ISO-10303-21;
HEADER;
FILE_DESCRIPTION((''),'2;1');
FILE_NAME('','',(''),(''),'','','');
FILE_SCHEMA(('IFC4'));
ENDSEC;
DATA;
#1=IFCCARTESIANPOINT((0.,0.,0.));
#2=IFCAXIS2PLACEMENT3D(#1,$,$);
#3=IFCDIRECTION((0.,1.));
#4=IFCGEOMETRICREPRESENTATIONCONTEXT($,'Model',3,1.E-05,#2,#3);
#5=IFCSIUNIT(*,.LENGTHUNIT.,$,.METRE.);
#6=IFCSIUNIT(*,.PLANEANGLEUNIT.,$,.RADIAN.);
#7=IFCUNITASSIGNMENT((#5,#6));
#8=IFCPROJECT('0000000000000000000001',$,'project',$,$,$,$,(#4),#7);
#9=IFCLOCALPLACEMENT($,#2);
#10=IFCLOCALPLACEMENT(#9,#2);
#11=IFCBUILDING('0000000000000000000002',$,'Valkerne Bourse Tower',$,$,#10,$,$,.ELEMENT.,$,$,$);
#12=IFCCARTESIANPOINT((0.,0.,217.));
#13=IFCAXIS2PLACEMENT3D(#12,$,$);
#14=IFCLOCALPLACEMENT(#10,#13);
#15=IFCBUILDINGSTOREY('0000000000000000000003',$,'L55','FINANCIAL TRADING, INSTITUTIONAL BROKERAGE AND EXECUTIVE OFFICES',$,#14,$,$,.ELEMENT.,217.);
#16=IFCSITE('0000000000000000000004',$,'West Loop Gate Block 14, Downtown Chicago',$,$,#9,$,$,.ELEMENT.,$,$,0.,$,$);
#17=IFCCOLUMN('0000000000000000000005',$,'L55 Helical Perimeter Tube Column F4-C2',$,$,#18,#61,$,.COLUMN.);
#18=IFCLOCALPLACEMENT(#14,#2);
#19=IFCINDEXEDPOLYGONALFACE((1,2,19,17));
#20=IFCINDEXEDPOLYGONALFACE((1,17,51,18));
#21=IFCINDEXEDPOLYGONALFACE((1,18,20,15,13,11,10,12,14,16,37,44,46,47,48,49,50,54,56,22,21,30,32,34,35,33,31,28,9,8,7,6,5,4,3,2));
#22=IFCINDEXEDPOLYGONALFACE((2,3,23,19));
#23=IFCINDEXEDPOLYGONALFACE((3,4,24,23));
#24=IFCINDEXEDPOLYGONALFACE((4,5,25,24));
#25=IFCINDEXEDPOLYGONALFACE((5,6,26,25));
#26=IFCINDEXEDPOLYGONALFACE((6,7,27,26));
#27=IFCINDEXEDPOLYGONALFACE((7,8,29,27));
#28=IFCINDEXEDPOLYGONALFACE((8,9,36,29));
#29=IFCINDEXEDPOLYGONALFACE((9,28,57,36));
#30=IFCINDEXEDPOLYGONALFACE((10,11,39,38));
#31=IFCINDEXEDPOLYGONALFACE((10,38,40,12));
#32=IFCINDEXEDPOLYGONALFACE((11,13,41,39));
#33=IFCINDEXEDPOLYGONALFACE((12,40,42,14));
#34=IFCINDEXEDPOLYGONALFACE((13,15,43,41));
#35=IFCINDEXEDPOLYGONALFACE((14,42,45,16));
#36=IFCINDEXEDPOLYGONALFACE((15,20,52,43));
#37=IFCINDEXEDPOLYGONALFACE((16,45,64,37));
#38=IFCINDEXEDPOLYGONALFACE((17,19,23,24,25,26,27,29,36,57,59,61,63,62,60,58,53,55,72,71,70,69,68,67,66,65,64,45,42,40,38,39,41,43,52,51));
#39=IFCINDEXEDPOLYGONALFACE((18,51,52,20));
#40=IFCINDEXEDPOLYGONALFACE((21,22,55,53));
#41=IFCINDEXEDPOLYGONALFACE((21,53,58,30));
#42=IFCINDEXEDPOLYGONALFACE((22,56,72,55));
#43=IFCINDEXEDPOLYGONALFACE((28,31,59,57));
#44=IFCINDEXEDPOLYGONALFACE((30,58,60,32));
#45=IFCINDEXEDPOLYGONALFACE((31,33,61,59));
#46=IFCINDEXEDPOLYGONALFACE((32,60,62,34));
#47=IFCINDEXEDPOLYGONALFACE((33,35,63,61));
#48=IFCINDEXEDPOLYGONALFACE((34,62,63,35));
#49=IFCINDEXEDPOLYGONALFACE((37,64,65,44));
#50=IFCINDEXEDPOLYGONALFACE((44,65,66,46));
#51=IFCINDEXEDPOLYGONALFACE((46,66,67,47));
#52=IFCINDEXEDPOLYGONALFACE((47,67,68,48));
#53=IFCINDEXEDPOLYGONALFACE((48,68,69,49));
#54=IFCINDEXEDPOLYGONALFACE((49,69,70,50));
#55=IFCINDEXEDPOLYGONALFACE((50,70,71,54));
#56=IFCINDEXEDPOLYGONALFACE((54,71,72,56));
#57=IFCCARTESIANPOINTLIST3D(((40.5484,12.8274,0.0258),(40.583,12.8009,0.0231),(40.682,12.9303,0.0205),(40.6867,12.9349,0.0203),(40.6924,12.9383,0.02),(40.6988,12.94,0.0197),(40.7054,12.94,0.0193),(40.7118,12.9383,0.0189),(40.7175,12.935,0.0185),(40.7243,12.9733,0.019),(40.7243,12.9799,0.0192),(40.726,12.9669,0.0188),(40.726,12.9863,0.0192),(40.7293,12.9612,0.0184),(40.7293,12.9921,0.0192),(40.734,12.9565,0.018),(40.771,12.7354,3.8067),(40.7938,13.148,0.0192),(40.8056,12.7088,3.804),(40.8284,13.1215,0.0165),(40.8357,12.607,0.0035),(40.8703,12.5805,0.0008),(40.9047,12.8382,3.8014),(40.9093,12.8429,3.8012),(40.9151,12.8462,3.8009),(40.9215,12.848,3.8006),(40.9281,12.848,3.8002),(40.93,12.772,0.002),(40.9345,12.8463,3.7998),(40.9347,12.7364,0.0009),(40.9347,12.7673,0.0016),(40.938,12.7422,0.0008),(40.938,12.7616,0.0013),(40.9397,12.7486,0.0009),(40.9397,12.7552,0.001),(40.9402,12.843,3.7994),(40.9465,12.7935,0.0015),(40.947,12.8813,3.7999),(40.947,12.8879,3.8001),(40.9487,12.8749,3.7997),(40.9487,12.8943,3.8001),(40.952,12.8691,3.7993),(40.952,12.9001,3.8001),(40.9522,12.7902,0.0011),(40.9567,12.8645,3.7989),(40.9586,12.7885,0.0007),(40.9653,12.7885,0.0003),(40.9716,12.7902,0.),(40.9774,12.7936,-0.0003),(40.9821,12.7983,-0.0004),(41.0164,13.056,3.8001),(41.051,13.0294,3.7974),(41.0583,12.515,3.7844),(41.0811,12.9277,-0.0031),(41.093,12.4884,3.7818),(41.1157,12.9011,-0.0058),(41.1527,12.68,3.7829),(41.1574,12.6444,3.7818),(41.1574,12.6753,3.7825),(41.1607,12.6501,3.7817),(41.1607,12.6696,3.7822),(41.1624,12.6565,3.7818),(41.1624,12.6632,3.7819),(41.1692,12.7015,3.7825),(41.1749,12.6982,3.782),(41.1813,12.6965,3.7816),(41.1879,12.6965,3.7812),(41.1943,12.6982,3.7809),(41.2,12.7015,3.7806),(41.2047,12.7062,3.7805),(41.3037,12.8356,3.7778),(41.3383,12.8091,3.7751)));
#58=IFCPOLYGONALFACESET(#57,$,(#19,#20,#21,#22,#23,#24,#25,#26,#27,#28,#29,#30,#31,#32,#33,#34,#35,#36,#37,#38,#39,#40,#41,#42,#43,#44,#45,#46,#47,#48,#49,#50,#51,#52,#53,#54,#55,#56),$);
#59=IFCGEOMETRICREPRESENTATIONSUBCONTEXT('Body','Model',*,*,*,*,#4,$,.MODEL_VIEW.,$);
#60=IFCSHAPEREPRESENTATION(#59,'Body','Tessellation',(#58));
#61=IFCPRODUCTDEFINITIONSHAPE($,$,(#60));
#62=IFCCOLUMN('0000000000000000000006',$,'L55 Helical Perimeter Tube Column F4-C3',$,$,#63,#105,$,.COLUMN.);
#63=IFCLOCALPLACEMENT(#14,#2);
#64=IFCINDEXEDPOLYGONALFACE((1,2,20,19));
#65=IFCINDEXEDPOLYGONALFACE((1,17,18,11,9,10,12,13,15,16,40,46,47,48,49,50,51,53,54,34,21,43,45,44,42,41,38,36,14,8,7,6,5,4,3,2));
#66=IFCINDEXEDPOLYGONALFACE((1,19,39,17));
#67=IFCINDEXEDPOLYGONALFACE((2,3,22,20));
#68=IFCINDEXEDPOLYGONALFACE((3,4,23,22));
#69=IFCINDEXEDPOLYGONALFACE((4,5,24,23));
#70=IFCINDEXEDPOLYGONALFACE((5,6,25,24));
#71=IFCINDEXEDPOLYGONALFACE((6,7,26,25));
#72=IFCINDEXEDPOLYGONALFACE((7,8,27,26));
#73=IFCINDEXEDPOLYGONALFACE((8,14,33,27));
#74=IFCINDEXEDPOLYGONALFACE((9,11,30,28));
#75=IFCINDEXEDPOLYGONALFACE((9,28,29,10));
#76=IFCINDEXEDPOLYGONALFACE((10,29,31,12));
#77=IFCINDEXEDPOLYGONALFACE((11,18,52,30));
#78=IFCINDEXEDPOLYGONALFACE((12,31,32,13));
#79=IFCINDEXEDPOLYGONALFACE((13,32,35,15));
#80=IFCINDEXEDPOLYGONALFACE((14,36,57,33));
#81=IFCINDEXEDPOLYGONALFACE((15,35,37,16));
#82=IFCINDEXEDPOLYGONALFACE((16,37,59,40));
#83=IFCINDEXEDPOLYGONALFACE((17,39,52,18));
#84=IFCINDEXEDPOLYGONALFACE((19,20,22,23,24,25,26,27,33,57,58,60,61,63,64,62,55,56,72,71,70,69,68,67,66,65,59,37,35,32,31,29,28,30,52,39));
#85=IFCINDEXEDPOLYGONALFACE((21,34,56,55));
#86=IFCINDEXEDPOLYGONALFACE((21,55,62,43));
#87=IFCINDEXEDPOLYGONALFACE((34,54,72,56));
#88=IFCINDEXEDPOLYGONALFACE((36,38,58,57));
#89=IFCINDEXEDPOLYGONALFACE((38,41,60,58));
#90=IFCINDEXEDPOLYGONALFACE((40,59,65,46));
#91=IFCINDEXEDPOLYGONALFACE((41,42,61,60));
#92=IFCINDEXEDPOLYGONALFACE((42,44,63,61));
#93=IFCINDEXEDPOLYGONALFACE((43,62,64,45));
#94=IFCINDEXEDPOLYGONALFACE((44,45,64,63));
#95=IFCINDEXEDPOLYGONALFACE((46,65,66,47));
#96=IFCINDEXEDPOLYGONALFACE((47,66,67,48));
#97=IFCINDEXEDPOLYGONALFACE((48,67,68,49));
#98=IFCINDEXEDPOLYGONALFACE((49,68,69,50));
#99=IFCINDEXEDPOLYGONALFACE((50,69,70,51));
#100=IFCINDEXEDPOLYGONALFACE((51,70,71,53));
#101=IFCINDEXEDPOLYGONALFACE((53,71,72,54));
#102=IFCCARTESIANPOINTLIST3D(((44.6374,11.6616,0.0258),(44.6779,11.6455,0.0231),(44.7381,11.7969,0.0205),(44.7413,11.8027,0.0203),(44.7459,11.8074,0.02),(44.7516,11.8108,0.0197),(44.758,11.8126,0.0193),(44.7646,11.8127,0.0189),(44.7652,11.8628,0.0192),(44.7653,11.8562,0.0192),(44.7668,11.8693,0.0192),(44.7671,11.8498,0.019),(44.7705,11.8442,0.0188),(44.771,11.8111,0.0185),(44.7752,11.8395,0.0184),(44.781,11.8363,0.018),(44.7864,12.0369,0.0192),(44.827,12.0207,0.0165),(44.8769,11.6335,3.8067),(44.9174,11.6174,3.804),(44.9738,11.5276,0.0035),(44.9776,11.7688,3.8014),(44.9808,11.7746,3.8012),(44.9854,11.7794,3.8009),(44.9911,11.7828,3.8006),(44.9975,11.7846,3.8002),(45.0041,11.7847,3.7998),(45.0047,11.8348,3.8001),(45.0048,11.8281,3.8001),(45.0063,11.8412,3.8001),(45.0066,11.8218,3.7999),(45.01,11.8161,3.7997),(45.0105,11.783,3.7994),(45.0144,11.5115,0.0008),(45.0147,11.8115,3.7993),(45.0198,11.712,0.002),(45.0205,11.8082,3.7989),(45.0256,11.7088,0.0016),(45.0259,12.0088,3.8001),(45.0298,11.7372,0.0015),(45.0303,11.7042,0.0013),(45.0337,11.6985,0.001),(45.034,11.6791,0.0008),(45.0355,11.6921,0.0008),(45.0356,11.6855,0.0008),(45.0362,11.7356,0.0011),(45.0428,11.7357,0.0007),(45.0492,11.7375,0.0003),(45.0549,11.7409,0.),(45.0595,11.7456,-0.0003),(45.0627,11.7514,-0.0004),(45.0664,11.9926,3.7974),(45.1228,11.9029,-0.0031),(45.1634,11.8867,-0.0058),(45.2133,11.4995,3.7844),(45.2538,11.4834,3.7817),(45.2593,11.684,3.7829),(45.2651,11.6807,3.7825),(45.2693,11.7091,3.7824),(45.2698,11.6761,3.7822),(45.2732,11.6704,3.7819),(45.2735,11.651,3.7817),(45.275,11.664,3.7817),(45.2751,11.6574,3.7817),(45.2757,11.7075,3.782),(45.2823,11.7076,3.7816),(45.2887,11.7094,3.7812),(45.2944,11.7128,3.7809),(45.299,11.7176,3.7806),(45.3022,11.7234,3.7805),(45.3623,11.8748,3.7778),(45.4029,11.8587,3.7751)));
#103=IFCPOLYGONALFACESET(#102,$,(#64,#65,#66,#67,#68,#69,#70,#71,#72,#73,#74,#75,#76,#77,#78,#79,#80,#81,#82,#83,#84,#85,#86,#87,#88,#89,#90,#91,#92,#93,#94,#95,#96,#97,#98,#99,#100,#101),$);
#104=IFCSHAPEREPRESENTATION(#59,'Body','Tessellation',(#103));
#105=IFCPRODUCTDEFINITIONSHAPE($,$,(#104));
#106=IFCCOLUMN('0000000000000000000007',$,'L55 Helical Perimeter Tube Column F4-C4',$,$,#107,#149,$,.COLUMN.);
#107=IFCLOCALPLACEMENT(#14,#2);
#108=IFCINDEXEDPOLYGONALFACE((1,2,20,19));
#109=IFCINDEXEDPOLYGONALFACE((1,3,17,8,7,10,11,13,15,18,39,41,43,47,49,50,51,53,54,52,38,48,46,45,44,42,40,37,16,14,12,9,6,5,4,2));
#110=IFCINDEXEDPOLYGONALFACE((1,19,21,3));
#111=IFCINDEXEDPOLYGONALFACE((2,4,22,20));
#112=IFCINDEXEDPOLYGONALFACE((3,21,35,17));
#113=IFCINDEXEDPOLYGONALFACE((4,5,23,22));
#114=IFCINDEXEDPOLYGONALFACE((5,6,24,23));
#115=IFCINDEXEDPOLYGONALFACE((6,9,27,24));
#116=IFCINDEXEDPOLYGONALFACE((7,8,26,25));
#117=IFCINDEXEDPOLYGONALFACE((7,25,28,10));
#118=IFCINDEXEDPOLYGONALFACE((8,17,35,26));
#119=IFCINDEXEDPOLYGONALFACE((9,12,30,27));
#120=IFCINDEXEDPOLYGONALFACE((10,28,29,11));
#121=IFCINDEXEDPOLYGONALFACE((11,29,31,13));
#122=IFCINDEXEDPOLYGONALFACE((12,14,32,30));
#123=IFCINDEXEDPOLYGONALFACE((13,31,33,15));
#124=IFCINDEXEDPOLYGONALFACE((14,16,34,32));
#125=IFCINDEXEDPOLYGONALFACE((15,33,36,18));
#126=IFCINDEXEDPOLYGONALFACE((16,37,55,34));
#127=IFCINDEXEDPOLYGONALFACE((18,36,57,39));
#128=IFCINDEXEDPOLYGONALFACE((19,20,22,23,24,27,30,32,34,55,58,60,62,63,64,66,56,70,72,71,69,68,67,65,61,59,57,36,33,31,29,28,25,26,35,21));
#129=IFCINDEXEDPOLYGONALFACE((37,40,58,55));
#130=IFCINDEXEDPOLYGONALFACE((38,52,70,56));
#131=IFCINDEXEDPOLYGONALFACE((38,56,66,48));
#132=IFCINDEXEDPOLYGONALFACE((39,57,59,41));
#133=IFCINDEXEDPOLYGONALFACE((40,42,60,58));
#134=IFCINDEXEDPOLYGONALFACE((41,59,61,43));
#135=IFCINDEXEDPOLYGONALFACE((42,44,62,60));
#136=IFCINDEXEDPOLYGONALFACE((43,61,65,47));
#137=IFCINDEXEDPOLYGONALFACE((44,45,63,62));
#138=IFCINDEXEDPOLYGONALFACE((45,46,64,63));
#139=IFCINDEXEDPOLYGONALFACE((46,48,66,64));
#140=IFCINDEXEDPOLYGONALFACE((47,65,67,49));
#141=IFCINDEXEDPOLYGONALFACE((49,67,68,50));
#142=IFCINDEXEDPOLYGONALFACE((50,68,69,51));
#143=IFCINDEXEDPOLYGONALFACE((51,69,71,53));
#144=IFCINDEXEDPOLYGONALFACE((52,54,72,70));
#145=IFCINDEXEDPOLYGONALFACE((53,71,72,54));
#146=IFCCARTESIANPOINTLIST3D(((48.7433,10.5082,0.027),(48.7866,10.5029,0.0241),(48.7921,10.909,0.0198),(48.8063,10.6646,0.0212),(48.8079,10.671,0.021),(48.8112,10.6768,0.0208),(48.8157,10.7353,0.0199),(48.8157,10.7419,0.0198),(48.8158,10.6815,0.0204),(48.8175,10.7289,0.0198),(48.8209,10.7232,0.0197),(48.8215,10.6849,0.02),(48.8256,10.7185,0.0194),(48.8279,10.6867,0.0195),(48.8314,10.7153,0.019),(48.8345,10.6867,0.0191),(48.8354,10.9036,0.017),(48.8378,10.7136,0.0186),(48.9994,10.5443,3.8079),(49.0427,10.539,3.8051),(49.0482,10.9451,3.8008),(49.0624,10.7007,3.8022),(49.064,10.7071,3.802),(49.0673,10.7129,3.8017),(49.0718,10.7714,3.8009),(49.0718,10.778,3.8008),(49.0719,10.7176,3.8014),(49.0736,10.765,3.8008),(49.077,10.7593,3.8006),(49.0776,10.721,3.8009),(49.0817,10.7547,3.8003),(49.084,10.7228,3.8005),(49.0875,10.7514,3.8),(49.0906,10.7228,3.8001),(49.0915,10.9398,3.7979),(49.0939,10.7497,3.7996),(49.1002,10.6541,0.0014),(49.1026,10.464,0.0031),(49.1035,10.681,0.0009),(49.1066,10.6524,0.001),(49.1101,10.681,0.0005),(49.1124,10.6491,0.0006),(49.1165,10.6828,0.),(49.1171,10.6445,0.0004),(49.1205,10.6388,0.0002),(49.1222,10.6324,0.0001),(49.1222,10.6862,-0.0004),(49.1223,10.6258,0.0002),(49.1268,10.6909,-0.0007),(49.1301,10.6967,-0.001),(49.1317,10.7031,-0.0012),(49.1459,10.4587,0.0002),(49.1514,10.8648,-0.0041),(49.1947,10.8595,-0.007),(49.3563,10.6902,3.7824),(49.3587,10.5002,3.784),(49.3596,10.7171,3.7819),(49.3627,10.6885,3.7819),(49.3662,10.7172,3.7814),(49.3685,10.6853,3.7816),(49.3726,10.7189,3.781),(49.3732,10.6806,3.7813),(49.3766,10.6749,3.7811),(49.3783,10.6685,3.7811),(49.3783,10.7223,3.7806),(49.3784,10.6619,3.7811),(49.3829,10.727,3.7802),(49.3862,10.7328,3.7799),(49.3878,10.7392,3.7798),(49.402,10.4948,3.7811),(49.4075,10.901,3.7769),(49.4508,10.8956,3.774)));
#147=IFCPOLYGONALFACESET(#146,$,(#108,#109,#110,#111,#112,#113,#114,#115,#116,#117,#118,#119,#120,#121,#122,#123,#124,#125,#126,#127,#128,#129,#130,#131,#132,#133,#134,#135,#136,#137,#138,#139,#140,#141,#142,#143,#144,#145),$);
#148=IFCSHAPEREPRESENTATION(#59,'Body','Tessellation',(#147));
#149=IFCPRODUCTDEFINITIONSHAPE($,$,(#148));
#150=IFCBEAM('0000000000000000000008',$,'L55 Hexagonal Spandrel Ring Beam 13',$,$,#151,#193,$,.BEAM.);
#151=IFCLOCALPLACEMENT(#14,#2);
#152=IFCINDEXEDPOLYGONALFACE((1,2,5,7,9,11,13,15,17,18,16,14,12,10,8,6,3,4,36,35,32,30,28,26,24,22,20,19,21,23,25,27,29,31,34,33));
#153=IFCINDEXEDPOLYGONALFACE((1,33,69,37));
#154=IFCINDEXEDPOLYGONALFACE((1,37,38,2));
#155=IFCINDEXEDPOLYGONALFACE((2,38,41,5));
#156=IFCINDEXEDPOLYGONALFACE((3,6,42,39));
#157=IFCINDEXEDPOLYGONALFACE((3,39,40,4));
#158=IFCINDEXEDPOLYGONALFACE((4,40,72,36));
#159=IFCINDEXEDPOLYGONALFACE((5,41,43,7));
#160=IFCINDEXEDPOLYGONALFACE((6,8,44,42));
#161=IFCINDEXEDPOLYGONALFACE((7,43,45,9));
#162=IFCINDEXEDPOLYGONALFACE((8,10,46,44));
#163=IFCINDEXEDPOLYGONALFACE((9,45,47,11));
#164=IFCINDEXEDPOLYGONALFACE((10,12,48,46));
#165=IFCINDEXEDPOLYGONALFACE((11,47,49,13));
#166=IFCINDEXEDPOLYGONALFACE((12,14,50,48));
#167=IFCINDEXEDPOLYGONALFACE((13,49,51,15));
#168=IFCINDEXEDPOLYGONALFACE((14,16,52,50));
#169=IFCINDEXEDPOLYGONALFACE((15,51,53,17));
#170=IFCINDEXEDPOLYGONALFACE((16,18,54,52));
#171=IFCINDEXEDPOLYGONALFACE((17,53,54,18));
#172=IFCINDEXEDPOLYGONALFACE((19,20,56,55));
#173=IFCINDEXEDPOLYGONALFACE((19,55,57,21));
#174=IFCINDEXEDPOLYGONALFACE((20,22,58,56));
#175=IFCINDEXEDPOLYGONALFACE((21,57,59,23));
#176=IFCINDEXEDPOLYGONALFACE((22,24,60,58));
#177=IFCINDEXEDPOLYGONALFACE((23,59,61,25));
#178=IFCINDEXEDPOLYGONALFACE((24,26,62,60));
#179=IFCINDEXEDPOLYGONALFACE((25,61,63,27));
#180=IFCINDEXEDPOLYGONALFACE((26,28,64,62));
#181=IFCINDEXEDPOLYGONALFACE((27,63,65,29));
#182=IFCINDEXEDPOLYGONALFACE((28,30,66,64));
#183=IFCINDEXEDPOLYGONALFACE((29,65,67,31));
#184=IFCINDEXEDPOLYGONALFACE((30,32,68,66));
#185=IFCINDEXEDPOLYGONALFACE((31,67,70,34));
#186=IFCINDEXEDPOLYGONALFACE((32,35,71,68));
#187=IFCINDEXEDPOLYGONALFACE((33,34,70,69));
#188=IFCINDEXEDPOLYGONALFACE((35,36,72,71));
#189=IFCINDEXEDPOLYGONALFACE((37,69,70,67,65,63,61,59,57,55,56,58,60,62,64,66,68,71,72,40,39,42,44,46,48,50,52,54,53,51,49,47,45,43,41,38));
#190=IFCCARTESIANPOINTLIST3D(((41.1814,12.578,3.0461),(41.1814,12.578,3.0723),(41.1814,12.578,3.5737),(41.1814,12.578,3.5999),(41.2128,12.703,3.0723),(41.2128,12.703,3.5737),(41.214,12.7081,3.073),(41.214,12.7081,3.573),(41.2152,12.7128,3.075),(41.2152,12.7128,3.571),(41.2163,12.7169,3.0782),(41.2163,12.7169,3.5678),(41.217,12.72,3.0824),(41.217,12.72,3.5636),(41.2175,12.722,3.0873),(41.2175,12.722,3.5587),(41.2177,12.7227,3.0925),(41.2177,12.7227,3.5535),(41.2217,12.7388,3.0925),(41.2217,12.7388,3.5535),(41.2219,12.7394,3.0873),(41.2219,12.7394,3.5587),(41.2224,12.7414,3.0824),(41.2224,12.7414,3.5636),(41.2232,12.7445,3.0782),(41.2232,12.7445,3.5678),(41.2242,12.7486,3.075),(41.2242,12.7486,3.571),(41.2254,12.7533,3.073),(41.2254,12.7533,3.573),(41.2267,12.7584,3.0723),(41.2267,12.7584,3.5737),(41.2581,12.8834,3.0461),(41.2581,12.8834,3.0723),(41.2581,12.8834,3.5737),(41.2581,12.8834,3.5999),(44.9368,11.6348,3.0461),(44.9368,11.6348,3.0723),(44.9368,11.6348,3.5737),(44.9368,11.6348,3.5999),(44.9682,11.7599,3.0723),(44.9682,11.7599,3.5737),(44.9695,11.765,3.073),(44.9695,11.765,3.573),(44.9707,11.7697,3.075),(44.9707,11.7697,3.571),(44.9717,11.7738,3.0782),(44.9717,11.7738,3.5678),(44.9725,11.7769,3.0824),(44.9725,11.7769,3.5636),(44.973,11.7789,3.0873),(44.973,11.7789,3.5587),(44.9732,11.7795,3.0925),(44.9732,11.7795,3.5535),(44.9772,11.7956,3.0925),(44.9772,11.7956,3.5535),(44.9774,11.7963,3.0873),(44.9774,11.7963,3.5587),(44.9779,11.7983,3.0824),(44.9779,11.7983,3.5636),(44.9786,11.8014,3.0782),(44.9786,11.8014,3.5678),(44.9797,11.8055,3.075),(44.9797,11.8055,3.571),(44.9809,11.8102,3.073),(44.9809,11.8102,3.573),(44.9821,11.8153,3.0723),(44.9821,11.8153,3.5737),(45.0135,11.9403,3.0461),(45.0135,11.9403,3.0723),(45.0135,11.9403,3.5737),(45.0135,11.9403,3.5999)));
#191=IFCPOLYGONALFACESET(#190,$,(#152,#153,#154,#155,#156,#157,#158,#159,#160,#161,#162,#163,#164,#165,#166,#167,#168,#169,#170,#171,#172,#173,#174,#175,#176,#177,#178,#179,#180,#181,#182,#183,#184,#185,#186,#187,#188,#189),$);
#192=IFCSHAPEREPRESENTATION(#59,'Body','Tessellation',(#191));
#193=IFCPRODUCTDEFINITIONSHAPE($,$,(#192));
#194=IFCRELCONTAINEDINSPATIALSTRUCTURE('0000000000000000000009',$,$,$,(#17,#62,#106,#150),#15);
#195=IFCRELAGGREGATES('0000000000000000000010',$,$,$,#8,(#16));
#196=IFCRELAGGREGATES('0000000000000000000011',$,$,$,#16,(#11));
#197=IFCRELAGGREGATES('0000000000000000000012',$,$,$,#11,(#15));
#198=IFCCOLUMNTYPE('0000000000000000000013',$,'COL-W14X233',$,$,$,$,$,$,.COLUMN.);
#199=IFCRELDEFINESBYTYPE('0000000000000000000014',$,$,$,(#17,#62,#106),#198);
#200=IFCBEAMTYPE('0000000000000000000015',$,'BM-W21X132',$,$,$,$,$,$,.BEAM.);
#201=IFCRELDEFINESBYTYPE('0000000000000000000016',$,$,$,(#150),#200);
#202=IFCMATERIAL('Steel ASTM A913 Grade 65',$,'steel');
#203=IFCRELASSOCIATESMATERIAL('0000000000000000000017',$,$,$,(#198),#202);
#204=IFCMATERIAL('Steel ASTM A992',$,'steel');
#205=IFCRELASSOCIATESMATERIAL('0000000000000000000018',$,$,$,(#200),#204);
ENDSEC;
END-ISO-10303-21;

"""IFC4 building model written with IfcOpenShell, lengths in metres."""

from ifc_helpers import new_model, si_unit, direction, frame, origin, origin_2d, place, context, subcontext, project, spatial, i_section, extrude, material, material_profile, profile_set, type_object, element, save


model = new_model("IFC4")

# Units and contexts
model_context = context("Model", 3, precision=1e-05, world=origin(), true_north=direction((0.0, 1.0)))
body_context = subcontext(model_context, "Body", "Model", "MODEL_VIEW")
ifc_project = project(units=[si_unit("LENGTHUNIT", "METRE"), si_unit("PLANEANGLEUNIT", "RADIAN")], contexts=[model_context])

# Site, building, storey
site_placement = place(None, origin())
site = spatial("IfcSite", under=ifc_project, at=site_placement, Name="West Loop Gate Block 14, Downtown Chicago", CompositionType="ELEMENT", RefElevation=0.0)
building_placement = place(site_placement, origin())
building = spatial("IfcBuilding", under=site, at=building_placement, Name="Valkerne Bourse Tower", CompositionType="ELEMENT")
storey_placement = place(building_placement, frame((0.0, 0.0, 217.0)))
storey = spatial("IfcBuildingStorey", under=building, at=storey_placement, Name="L55", Description="FINANCIAL TRADING, INSTITUTIONAL BROKERAGE AND EXECUTIVE OFFICES", CompositionType="ELEMENT", Elevation=217.0)

# Columns
ifc_material_1 = material(Name="Steel ASTM A913 Grade 65", Category="steel")
ifc_material_profile_1 = material_profile(ifc_material_1, i_section(OverallWidth=0.4038, OverallDepth=0.4065, WebThickness=0.0271, FlangeThickness=0.0437, FilletRadius=0.0254, at=origin_2d()), Name="W14X233")
ifc_profile_set_1 = profile_set([ifc_material_profile_1], Name="Steel ASTM A913 Grade 65")
column_type = type_object("IfcColumnType", Name="COL-W14X233", PredefinedType="COLUMN", material=ifc_profile_set_1)
for number, where, z_axis, x_axis, name in (
    (1, (40.832, 12.8643, 0.01), (0.058769, -0.024294, 0.997976), (0.607711, 0.793988, -0.016459), "L55 Helical Perimeter Tube Column F4-C2"),
    (2, (44.9004, 11.7742, 0.01), (0.063215, -0.007411, 0.997972), (0.369, 0.929283, -0.016473), "L55 Helical Perimeter Tube Column F4-C3"),
):
    element("IfcColumn", number, at=place(storey_placement, frame(where, z_axis=z_axis, x_axis=x_axis)), inside=storey, type_object=column_type, Name=name, PredefinedType="COLUMN", context=body_context, shape_type="SweptSolid", body=[
        extrude(i_section(OverallWidth=0.4038, OverallDepth=0.4065, WebThickness=0.0271, FlangeThickness=0.0437, FilletRadius=0.0254, at=origin_2d()), origin(), (0.0, 0.0, 1.0), 3.7886),
    ])
column_placement = place(storey_placement, frame((48.969, 10.6838, 0.01), z_axis=(0.067576, 0.009534, 0.997669), x_axis=(0.120741, 0.992527, -0.017663)))
element("IfcColumn", 3, at=column_placement, inside=storey, type_object=column_type, Name="L55 Helical Perimeter Tube Column F4-C4", PredefinedType="COLUMN", context=body_context, shape_type="SweptSolid", body=[
    extrude(i_section(OverallWidth=0.4038, OverallDepth=0.4065, WebThickness=0.0271, FlangeThickness=0.0437, FilletRadius=0.0254, at=origin_2d()), origin(), (0.0, 0.0, 1.0), 3.7898),
])

# Beam
ifc_material_2 = material(Name="Steel ASTM A992", Category="steel")
ifc_material_profile_2 = material_profile(ifc_material_2, i_section(OverallWidth=0.3149, OverallDepth=0.5537, WebThickness=0.0166, FlangeThickness=0.0261, FilletRadius=0.0203, at=origin_2d()), Name="W21X132")
ifc_profile_set_2 = profile_set([ifc_material_profile_2], Name="Steel ASTM A992")
beam_type_1 = type_object("IfcBeamType", Name="BM-W21X132", PredefinedType="BEAM", material=ifc_profile_set_2)
for number, where, z_axis, x_axis, name in (
    (4, (41.2197, 12.7307, 3.323), (0.969882, -0.243574, 0.0), (0.243574, 0.969882, 0.0), "L55 Hexagonal Spandrel Ring Beam 13"),
):
    element("IfcBeam", number, at=place(storey_placement, frame(where, z_axis=z_axis, x_axis=x_axis)), inside=storey, type_object=beam_type_1, Name=name, PredefinedType="BEAM", context=body_context, shape_type="SweptSolid", body=[
        extrude(i_section(OverallWidth=0.3149, OverallDepth=0.5537, WebThickness=0.0166, FlangeThickness=0.0261, FilletRadius=0.0203, at=origin_2d()), origin(), (0.0, 0.0, 1.0), 3.8721),
    ])

save(model, "model.ifc")
